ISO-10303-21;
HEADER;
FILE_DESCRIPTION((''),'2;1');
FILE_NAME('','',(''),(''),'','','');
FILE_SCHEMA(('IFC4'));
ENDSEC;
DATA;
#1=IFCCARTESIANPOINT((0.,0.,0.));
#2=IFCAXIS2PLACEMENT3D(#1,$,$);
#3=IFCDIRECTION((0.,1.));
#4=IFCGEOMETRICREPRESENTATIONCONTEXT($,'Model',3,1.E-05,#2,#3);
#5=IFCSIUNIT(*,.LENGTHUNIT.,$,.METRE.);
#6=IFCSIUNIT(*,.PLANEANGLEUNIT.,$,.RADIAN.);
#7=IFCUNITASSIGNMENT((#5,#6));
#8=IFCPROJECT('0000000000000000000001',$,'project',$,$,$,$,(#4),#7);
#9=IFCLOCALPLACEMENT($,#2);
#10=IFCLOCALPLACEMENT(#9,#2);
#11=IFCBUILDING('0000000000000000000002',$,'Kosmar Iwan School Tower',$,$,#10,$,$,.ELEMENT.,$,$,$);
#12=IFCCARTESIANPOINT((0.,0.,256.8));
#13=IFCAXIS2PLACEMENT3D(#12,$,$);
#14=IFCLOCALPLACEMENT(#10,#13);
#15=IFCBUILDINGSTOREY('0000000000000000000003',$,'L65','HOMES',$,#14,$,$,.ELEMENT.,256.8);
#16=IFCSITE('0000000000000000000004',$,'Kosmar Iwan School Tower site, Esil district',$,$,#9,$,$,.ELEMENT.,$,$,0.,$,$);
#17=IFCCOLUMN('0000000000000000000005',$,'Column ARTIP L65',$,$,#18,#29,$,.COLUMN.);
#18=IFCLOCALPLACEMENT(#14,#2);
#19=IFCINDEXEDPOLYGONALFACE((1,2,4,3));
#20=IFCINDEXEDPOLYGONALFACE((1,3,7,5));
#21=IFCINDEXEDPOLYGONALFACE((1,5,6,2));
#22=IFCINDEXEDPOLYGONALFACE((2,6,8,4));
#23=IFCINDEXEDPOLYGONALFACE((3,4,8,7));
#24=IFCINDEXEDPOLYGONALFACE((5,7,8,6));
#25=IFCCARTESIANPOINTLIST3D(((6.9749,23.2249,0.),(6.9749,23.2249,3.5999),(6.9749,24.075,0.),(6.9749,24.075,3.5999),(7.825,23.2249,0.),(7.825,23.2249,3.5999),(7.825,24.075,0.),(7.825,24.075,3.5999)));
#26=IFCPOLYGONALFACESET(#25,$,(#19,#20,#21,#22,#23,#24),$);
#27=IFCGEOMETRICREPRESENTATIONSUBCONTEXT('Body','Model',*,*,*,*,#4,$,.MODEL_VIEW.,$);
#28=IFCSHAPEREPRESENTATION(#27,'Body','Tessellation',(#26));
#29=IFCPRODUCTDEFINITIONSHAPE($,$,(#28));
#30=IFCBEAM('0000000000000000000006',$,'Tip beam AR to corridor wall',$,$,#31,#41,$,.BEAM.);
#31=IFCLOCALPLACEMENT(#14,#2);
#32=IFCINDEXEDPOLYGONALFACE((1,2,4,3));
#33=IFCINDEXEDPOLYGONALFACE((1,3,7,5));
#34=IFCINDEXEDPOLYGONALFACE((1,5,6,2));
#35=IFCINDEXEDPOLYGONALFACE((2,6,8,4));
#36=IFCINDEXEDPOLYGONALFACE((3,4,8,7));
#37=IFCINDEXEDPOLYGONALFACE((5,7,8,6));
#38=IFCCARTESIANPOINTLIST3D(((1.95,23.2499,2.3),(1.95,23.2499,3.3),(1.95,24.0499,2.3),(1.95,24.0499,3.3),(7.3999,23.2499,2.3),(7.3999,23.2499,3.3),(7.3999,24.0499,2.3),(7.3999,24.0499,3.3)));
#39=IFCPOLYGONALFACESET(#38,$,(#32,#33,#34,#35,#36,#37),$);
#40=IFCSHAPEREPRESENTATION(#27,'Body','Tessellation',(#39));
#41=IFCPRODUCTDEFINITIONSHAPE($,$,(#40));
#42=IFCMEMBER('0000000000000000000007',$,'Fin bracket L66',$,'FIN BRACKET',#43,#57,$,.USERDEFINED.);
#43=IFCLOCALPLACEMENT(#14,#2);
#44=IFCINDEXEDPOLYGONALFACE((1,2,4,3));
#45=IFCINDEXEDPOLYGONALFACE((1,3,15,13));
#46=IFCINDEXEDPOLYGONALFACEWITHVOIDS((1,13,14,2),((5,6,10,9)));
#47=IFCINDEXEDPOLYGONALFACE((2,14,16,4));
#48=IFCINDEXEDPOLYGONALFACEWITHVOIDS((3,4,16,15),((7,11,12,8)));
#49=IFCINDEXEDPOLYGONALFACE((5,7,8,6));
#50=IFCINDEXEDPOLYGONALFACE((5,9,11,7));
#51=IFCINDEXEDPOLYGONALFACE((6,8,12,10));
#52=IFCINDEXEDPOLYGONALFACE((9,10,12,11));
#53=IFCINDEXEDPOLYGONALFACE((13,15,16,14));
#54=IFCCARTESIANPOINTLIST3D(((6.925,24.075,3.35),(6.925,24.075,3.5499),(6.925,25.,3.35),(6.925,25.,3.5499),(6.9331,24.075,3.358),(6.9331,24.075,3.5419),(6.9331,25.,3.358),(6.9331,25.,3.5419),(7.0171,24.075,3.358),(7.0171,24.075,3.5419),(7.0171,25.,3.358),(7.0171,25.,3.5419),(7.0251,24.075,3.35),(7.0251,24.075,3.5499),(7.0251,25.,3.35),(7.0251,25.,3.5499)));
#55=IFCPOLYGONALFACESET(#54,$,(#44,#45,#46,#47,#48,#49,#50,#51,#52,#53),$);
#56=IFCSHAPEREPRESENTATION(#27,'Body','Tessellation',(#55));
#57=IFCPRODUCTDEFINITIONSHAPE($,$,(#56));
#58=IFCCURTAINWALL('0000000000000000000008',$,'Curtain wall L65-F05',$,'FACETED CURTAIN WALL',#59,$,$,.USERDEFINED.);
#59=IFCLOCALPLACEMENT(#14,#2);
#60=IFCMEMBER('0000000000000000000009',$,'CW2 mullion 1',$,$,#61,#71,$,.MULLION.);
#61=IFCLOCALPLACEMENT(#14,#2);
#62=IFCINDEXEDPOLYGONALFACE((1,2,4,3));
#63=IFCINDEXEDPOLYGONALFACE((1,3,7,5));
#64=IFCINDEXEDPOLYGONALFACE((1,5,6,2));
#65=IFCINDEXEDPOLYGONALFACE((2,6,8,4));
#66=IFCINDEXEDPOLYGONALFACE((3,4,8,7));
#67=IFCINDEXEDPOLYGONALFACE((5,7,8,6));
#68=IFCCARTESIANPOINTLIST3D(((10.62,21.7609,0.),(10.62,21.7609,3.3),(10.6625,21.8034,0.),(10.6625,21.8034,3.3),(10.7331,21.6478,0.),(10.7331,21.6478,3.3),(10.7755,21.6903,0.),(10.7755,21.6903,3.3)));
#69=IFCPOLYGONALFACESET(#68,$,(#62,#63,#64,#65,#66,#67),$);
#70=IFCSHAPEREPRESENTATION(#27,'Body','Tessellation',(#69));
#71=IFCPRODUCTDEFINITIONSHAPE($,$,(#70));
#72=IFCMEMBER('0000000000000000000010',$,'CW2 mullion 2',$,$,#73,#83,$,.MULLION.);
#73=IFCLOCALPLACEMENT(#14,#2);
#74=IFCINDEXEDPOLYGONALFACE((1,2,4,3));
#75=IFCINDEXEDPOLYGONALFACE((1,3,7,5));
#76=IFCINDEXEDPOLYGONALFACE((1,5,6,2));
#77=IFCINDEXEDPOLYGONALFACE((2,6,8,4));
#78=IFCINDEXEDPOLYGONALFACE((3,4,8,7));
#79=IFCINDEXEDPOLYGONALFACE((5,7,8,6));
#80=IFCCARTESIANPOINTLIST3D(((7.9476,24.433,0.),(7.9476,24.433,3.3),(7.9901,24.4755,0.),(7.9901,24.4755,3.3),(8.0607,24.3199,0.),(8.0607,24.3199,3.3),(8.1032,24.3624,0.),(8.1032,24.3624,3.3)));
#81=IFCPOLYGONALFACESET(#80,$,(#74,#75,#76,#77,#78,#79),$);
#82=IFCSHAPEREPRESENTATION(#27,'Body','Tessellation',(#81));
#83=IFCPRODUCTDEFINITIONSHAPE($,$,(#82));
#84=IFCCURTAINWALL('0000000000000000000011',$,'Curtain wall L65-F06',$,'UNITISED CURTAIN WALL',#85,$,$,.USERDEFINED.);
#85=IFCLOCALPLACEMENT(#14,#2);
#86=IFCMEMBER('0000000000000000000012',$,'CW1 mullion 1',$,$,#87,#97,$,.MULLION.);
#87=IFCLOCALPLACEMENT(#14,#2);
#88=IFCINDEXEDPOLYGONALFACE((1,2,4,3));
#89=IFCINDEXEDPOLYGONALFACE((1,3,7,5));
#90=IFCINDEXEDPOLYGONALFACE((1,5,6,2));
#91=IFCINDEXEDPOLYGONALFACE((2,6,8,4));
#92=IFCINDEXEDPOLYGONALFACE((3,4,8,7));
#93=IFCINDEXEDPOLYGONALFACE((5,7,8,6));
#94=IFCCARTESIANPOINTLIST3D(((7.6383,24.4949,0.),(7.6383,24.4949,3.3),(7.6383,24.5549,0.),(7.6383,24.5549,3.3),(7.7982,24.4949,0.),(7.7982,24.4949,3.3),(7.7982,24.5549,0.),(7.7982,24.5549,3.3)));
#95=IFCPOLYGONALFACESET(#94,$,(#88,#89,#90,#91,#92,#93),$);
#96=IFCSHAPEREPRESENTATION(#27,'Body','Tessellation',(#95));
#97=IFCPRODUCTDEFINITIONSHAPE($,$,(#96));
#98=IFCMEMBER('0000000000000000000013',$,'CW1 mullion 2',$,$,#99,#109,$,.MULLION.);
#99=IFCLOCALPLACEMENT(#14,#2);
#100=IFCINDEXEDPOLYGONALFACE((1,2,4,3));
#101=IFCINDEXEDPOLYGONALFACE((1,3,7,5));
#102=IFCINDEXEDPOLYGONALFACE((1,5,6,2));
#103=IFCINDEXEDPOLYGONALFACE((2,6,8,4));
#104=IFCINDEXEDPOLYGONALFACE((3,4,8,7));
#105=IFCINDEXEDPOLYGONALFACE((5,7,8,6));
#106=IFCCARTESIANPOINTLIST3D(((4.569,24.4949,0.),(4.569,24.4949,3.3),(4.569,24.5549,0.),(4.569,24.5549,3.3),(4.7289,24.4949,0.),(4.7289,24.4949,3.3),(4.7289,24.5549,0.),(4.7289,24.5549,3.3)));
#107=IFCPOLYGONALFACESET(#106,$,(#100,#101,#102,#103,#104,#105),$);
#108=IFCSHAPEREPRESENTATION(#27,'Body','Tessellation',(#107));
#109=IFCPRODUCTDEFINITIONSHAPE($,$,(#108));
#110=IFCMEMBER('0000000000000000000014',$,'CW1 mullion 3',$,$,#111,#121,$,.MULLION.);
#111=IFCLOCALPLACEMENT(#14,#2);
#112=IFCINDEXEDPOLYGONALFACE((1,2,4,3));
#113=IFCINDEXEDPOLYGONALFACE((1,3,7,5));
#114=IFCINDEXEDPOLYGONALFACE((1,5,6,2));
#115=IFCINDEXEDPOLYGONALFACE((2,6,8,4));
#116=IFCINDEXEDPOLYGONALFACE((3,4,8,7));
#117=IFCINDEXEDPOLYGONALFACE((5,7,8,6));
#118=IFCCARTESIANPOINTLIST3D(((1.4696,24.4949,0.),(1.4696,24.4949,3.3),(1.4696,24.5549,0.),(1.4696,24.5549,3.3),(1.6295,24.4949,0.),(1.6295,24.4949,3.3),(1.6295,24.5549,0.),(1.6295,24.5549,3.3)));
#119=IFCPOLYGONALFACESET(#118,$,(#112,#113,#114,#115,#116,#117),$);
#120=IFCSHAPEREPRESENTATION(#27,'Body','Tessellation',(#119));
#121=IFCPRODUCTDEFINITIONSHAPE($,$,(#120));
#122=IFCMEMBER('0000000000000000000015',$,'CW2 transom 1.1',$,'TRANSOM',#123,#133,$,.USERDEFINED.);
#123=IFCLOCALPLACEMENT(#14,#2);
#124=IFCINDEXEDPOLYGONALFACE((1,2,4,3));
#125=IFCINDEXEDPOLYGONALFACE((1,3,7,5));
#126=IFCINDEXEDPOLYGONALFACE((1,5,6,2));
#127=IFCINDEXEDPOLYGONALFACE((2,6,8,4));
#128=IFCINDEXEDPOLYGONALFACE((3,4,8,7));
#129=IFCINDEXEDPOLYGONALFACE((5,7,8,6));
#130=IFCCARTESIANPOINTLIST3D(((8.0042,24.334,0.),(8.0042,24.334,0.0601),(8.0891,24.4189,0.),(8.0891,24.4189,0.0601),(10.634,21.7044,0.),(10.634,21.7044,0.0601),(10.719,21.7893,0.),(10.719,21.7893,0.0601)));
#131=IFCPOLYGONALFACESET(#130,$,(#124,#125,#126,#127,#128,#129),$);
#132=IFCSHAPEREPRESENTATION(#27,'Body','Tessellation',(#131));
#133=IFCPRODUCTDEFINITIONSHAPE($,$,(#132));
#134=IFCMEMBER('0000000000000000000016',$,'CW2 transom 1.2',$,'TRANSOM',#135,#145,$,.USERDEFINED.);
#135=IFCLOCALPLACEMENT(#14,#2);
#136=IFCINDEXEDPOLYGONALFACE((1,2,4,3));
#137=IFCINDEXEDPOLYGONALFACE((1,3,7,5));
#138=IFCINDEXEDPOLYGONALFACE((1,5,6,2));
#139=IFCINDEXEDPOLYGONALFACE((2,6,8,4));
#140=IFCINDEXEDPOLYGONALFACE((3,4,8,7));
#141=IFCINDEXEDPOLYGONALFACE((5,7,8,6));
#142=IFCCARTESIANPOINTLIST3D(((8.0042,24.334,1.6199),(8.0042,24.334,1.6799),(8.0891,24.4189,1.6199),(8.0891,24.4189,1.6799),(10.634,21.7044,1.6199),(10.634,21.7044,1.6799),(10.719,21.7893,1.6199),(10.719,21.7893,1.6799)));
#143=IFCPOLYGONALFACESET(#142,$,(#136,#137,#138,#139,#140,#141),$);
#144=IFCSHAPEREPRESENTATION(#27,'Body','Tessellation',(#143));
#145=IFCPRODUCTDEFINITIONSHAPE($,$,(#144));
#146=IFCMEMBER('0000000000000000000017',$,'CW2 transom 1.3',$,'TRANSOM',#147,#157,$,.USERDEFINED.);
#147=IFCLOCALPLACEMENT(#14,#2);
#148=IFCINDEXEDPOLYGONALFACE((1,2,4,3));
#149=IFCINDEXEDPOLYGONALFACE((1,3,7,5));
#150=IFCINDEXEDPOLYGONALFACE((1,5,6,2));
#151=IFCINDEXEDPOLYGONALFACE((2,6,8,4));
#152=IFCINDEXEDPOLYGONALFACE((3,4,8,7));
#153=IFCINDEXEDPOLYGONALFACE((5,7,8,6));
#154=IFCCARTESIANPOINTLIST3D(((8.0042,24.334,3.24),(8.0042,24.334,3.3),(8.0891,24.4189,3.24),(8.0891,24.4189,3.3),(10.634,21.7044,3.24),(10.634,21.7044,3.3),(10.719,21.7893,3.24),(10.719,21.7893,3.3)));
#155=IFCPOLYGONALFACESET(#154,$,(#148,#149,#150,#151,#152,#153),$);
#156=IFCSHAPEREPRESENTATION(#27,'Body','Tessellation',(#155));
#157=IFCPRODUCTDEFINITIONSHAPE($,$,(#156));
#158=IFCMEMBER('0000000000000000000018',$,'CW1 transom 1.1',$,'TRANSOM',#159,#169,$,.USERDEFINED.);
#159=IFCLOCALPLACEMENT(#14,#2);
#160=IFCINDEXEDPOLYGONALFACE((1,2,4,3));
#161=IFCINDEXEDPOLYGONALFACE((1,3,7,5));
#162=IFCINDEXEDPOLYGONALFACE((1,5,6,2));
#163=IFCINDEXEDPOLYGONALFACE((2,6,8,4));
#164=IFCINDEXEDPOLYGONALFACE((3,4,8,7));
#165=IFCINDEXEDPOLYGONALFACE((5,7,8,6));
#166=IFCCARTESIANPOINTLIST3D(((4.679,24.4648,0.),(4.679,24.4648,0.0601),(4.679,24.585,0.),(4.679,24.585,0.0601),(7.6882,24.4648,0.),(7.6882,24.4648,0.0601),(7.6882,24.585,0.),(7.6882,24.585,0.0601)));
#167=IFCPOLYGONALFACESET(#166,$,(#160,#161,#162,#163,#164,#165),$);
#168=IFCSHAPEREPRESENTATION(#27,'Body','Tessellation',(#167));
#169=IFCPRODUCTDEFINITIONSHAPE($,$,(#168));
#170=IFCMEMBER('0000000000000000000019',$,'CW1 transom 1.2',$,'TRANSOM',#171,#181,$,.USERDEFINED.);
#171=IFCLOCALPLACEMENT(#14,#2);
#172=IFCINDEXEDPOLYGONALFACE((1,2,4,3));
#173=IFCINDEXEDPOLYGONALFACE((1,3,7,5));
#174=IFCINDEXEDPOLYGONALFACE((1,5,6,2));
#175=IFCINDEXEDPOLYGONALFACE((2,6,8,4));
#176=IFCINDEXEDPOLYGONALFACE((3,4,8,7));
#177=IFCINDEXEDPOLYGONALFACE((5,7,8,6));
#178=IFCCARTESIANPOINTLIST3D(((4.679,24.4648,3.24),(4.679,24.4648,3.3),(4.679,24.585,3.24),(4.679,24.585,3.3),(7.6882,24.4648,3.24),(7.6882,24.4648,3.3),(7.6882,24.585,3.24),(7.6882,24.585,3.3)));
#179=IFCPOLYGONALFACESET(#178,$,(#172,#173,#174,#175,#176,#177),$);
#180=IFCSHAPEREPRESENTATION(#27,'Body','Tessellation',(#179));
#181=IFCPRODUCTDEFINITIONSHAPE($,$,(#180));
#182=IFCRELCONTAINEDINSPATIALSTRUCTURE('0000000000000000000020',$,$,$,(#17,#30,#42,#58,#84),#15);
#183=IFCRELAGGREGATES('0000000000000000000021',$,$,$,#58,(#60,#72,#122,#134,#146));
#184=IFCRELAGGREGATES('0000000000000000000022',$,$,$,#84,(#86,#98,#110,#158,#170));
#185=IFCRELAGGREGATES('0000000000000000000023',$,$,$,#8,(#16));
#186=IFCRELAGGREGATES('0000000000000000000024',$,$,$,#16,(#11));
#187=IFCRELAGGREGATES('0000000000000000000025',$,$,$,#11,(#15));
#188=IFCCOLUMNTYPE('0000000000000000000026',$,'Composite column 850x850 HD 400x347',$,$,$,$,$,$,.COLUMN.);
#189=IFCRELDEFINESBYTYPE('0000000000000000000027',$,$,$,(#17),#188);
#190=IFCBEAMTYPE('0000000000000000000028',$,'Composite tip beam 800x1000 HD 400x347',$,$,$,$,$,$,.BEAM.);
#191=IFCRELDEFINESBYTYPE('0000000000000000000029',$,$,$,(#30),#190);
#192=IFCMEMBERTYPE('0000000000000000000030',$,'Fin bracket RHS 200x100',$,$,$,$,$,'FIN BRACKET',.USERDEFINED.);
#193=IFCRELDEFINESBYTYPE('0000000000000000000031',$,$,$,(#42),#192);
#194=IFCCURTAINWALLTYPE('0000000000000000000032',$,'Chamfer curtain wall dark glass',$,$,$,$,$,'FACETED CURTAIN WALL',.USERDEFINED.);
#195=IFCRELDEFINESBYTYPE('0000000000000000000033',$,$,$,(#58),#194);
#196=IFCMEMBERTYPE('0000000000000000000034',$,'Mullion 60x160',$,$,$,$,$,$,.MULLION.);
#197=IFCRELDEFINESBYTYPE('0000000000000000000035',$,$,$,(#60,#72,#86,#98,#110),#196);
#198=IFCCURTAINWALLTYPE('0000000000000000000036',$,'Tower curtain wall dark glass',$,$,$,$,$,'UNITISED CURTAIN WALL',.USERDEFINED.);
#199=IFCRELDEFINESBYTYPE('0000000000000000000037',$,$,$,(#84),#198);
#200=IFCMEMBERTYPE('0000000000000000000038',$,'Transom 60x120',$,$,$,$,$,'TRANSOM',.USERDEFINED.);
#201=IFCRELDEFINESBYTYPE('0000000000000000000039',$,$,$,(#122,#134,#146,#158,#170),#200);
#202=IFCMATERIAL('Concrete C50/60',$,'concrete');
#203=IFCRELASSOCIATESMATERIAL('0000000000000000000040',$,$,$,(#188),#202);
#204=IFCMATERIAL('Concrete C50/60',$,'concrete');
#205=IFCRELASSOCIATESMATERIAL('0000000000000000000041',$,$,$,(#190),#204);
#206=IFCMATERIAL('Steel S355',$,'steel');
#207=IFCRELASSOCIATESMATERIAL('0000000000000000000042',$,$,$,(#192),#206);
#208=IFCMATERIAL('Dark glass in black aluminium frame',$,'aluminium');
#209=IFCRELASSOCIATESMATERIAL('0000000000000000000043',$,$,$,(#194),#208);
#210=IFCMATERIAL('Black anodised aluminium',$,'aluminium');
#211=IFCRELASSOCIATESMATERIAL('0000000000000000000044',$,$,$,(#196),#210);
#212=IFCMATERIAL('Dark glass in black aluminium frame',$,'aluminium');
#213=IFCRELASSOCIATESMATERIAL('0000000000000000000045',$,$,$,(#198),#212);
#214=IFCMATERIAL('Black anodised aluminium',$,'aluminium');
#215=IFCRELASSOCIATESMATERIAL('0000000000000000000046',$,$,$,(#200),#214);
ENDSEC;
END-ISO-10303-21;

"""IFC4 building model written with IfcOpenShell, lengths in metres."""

from ifc_helpers import new_model, si_unit, direction, frame, origin, origin_2d, place, context, subcontext, project, spatial, rectangle, hollow_rectangle, extrude, material, material_profile, profile_set, type_object, element, aggregate, save


model = new_model("IFC4")

# Units and contexts
model_context = context("Model", 3, precision=1e-05, world=origin(), true_north=direction((0.0, 1.0)))
body_context = subcontext(model_context, "Body", "Model", "MODEL_VIEW")
ifc_project = project(units=[si_unit("LENGTHUNIT", "METRE"), si_unit("PLANEANGLEUNIT", "RADIAN")], contexts=[model_context])

# Site, building, storey
site_placement = place(None, origin())
site = spatial("IfcSite", under=ifc_project, at=site_placement, Name="Kosmar Iwan School Tower site, Esil district", CompositionType="ELEMENT", RefElevation=0.0)
building_placement = place(site_placement, origin())
building = spatial("IfcBuilding", under=site, at=building_placement, Name="Kosmar Iwan School Tower", CompositionType="ELEMENT")
storey_placement = place(building_placement, frame((0.0, 0.0, 256.8)))
storey = spatial("IfcBuildingStorey", under=building, at=storey_placement, Name="L65", Description="HOMES", CompositionType="ELEMENT", Elevation=256.8)

# Column
ifc_material_1 = material(Name="Concrete C50/60", Category="concrete")
ifc_material_profile_1 = material_profile(ifc_material_1, rectangle(XDim=0.8501, YDim=0.8501, at=origin_2d()), Name="RC 850x850 + HD 400x347")
ifc_profile_set_1 = profile_set([ifc_material_profile_1], Name="Concrete C50/60")
column_type = type_object("IfcColumnType", Name="Composite column 850x850 HD 400x347", PredefinedType="COLUMN", material=ifc_profile_set_1)
column_placement = place(storey_placement, frame((7.3999, 23.6499, 0.0), z_axis=(0.0, 0.0, 1.0), x_axis=(0.0, 1.0, 0.0)))
element("IfcColumn", 1, at=column_placement, inside=storey, type_object=column_type, Name="Column ARTIP L65", PredefinedType="COLUMN", context=body_context, shape_type="SweptSolid", body=[
    extrude(rectangle(XDim=0.8501, YDim=0.8501, at=origin_2d()), origin(), (0.0, 0.0, 1.0), 3.5999),
])

# Beam
ifc_material_2 = material(Name="Concrete C50/60", Category="concrete")
ifc_material_profile_2 = material_profile(ifc_material_2, rectangle(XDim=0.8, YDim=1.0, at=origin_2d()), Name="RC 800x1000 + HD 400x347")
ifc_profile_set_2 = profile_set([ifc_material_profile_2], Name="Concrete C50/60")
beam_type = type_object("IfcBeamType", Name="Composite tip beam 800x1000 HD 400x347", PredefinedType="BEAM", material=ifc_profile_set_2)
beam_placement = place(storey_placement, frame((7.3999, 23.6499, 2.8), z_axis=(-1.0, 0.0, 0.0), x_axis=(0.0, -1.0, 0.0)))
element("IfcBeam", 2, at=beam_placement, inside=storey, type_object=beam_type, Name="Tip beam AR to corridor wall", PredefinedType="BEAM", context=body_context, shape_type="SweptSolid", body=[
    extrude(rectangle(XDim=0.8, YDim=1.0, at=origin_2d()), origin(), (0.0, 0.0, 1.0), 5.45),
])

# Member
ifc_material_3 = material(Name="Steel S355", Category="steel")
ifc_material_profile_3 = material_profile(ifc_material_3, hollow_rectangle(XDim=0.1001, YDim=0.2, WallThickness=0.0081, at=origin_2d()), Name="RHS 200x100x8")
ifc_profile_set_3 = profile_set([ifc_material_profile_3], Name="Steel S355")
member_type_1 = type_object("IfcMemberType", Name="Fin bracket RHS 200x100", ElementType="FIN BRACKET", PredefinedType="USERDEFINED", material=ifc_profile_set_3)
member_1_placement = place(storey_placement, frame((6.9751, 24.075, 3.45), z_axis=(0.0, 1.0, 0.0), x_axis=(-1.0, 0.0, 0.0)))
element("IfcMember", 3, at=member_1_placement, inside=storey, type_object=member_type_1, Name="Fin bracket L66", ObjectType="FIN BRACKET", PredefinedType="USERDEFINED", context=body_context, shape_type="SweptSolid", body=[
    extrude(hollow_rectangle(XDim=0.1001, YDim=0.2, WallThickness=0.0081, at=origin_2d()), origin(), (0.0, 0.0, 1.0), 0.925),
])

# Curtain walls, members
ifc_material_4 = material(Name="Dark glass in black aluminium frame", Category="aluminium")
curtain_wall_type_1 = type_object("IfcCurtainWallType", Name="Chamfer curtain wall dark glass", ElementType="FACETED CURTAIN WALL", PredefinedType="USERDEFINED", material=ifc_material_4)
curtain_wall_1_placement = place(storey_placement, origin())
curtain_wall_1 = element("IfcCurtainWall", 4, at=curtain_wall_1_placement, inside=storey, type_object=curtain_wall_type_1, Name="Curtain wall L65-F05", ObjectType="FACETED CURTAIN WALL", PredefinedType="USERDEFINED")
ifc_material_5 = material(Name="Black anodised aluminium", Category="aluminium")
ifc_material_profile_4 = material_profile(ifc_material_5, rectangle(XDim=0.0601, YDim=0.1599, at=origin_2d()), Name="MULLION 60x160")
ifc_profile_set_4 = profile_set([ifc_material_profile_4], Name="Black anodised aluminium")
member_type_2 = type_object("IfcMemberType", Name="Mullion 60x160", PredefinedType="MULLION", material=ifc_profile_set_4)
member_2_placement = place(storey_placement, frame((10.6978, 21.7256, 0.0), z_axis=(0.0, 0.0, 1.0), x_axis=(-0.707107, -0.707107, 0.0)))
member_2 = element("IfcMember", 5, at=member_2_placement, type_object=member_type_2, Name="CW2 mullion 1", PredefinedType="MULLION", context=body_context, shape_type="SweptSolid", body=[
    extrude(rectangle(XDim=0.0601, YDim=0.1599, at=origin_2d()), origin(), (0.0, 0.0, 1.0), 3.3),
])
member_3_placement = place(storey_placement, frame((8.0254, 24.3977, 0.0), z_axis=(0.0, 0.0, 1.0), x_axis=(-0.707107, -0.707107, 0.0)))
member_3 = element("IfcMember", 6, at=member_3_placement, type_object=member_type_2, Name="CW2 mullion 2", PredefinedType="MULLION", context=body_context, shape_type="SweptSolid", body=[
    extrude(rectangle(XDim=0.0601, YDim=0.1599, at=origin_2d()), origin(), (0.0, 0.0, 1.0), 3.3),
])
ifc_material_6 = material(Name="Dark glass in black aluminium frame", Category="aluminium")
curtain_wall_type_2 = type_object("IfcCurtainWallType", Name="Tower curtain wall dark glass", ElementType="UNITISED CURTAIN WALL", PredefinedType="USERDEFINED", material=ifc_material_6)
curtain_wall_2_placement = place(storey_placement, origin())
curtain_wall_2 = element("IfcCurtainWall", 7, at=curtain_wall_2_placement, inside=storey, type_object=curtain_wall_type_2, Name="Curtain wall L65-F06", ObjectType="UNITISED CURTAIN WALL", PredefinedType="USERDEFINED")
member_4_placement = place(storey_placement, frame((7.7183, 24.5249, 0.0), z_axis=(0.0, 0.0, 1.0), x_axis=(0.0, -1.0, 0.0)))
member_4 = element("IfcMember", 8, at=member_4_placement, type_object=member_type_2, Name="CW1 mullion 1", PredefinedType="MULLION", context=body_context, shape_type="SweptSolid", body=[
    extrude(rectangle(XDim=0.0601, YDim=0.1599, at=origin_2d()), origin(), (0.0, 0.0, 1.0), 3.3),
])
member_5_placement = place(storey_placement, frame((4.6489, 24.5249, 0.0), z_axis=(0.0, 0.0, 1.0), x_axis=(0.0, -1.0, 0.0)))
member_5 = element("IfcMember", 9, at=member_5_placement, type_object=member_type_2, Name="CW1 mullion 2", PredefinedType="MULLION", context=body_context, shape_type="SweptSolid", body=[
    extrude(rectangle(XDim=0.0601, YDim=0.1599, at=origin_2d()), origin(), (0.0, 0.0, 1.0), 3.3),
])
member_6_placement = place(storey_placement, frame((1.5496, 24.5249, 0.0), z_axis=(0.0, 0.0, 1.0), x_axis=(0.0, -1.0, 0.0)))
member_6 = element("IfcMember", 10, at=member_6_placement, type_object=member_type_2, Name="CW1 mullion 3", PredefinedType="MULLION", context=body_context, shape_type="SweptSolid", body=[
    extrude(rectangle(XDim=0.0601, YDim=0.1599, at=origin_2d()), origin(), (0.0, 0.0, 1.0), 3.3),
])

# Members
ifc_material_7 = material(Name="Black anodised aluminium", Category="aluminium")
ifc_material_profile_5 = material_profile(ifc_material_7, rectangle(XDim=0.1201, YDim=0.0601, at=origin_2d()), Name="TRANSOM 60x120")
ifc_profile_set_5 = profile_set([ifc_material_profile_5], Name="Black anodised aluminium")
member_type_3 = type_object("IfcMemberType", Name="Transom 60x120", ElementType="TRANSOM", PredefinedType="USERDEFINED", material=ifc_profile_set_5)
member_7_placement = place(storey_placement, frame((10.6765, 21.7468, 0.03), z_axis=(-0.70714, 0.707074, 0.0), x_axis=(-0.707074, -0.70714, 0.0)))
member_7 = element("IfcMember", 11, at=member_7_placement, type_object=member_type_3, Name="CW2 transom 1.1", ObjectType="TRANSOM", PredefinedType="USERDEFINED", context=body_context, shape_type="SweptSolid", body=[
    extrude(rectangle(XDim=0.1201, YDim=0.0601, at=origin_2d()), origin(), (0.0, 0.0, 1.0), 3.719),
])
member_8_placement = place(storey_placement, frame((10.6765, 21.7468, 1.6499), z_axis=(-0.70714, 0.707074, 0.0), x_axis=(-0.707074, -0.70714, 0.0)))
member_8 = element("IfcMember", 12, at=member_8_placement, type_object=member_type_3, Name="CW2 transom 1.2", ObjectType="TRANSOM", PredefinedType="USERDEFINED", context=body_context, shape_type="SweptSolid", body=[
    extrude(rectangle(XDim=0.1201, YDim=0.0601, at=origin_2d()), origin(), (0.0, 0.0, 1.0), 3.719),
])
member_9_placement = place(storey_placement, frame((10.6765, 21.7468, 3.27), z_axis=(-0.70714, 0.707074, 0.0), x_axis=(-0.707074, -0.70714, 0.0)))
member_9 = element("IfcMember", 13, at=member_9_placement, type_object=member_type_3, Name="CW2 transom 1.3", ObjectType="TRANSOM", PredefinedType="USERDEFINED", context=body_context, shape_type="SweptSolid", body=[
    extrude(rectangle(XDim=0.1201, YDim=0.0601, at=origin_2d()), origin(), (0.0, 0.0, 1.0), 3.719),
])
member_10_placement = place(storey_placement, frame((7.6882, 24.5249, 0.03), z_axis=(-1.0, 0.0, 0.0), x_axis=(0.0, -1.0, 0.0)))
member_10 = element("IfcMember", 14, at=member_10_placement, type_object=member_type_3, Name="CW1 transom 1.1", ObjectType="TRANSOM", PredefinedType="USERDEFINED", context=body_context, shape_type="SweptSolid", body=[
    extrude(rectangle(XDim=0.1201, YDim=0.0601, at=origin_2d()), origin(), (0.0, 0.0, 1.0), 3.0093),
])
member_11_placement = place(storey_placement, frame((7.6882, 24.5249, 3.27), z_axis=(-1.0, 0.0, 0.0), x_axis=(0.0, -1.0, 0.0)))
member_11 = element("IfcMember", 15, at=member_11_placement, type_object=member_type_3, Name="CW1 transom 1.2", ObjectType="TRANSOM", PredefinedType="USERDEFINED", context=body_context, shape_type="SweptSolid", body=[
    extrude(rectangle(XDim=0.1201, YDim=0.0601, at=origin_2d()), origin(), (0.0, 0.0, 1.0), 3.0093),
])

aggregate(curtain_wall_1, [member_2, member_3, member_7, member_8, member_9])
aggregate(curtain_wall_2, [member_4, member_5, member_6, member_10, member_11])

save(model, "model.ifc")
